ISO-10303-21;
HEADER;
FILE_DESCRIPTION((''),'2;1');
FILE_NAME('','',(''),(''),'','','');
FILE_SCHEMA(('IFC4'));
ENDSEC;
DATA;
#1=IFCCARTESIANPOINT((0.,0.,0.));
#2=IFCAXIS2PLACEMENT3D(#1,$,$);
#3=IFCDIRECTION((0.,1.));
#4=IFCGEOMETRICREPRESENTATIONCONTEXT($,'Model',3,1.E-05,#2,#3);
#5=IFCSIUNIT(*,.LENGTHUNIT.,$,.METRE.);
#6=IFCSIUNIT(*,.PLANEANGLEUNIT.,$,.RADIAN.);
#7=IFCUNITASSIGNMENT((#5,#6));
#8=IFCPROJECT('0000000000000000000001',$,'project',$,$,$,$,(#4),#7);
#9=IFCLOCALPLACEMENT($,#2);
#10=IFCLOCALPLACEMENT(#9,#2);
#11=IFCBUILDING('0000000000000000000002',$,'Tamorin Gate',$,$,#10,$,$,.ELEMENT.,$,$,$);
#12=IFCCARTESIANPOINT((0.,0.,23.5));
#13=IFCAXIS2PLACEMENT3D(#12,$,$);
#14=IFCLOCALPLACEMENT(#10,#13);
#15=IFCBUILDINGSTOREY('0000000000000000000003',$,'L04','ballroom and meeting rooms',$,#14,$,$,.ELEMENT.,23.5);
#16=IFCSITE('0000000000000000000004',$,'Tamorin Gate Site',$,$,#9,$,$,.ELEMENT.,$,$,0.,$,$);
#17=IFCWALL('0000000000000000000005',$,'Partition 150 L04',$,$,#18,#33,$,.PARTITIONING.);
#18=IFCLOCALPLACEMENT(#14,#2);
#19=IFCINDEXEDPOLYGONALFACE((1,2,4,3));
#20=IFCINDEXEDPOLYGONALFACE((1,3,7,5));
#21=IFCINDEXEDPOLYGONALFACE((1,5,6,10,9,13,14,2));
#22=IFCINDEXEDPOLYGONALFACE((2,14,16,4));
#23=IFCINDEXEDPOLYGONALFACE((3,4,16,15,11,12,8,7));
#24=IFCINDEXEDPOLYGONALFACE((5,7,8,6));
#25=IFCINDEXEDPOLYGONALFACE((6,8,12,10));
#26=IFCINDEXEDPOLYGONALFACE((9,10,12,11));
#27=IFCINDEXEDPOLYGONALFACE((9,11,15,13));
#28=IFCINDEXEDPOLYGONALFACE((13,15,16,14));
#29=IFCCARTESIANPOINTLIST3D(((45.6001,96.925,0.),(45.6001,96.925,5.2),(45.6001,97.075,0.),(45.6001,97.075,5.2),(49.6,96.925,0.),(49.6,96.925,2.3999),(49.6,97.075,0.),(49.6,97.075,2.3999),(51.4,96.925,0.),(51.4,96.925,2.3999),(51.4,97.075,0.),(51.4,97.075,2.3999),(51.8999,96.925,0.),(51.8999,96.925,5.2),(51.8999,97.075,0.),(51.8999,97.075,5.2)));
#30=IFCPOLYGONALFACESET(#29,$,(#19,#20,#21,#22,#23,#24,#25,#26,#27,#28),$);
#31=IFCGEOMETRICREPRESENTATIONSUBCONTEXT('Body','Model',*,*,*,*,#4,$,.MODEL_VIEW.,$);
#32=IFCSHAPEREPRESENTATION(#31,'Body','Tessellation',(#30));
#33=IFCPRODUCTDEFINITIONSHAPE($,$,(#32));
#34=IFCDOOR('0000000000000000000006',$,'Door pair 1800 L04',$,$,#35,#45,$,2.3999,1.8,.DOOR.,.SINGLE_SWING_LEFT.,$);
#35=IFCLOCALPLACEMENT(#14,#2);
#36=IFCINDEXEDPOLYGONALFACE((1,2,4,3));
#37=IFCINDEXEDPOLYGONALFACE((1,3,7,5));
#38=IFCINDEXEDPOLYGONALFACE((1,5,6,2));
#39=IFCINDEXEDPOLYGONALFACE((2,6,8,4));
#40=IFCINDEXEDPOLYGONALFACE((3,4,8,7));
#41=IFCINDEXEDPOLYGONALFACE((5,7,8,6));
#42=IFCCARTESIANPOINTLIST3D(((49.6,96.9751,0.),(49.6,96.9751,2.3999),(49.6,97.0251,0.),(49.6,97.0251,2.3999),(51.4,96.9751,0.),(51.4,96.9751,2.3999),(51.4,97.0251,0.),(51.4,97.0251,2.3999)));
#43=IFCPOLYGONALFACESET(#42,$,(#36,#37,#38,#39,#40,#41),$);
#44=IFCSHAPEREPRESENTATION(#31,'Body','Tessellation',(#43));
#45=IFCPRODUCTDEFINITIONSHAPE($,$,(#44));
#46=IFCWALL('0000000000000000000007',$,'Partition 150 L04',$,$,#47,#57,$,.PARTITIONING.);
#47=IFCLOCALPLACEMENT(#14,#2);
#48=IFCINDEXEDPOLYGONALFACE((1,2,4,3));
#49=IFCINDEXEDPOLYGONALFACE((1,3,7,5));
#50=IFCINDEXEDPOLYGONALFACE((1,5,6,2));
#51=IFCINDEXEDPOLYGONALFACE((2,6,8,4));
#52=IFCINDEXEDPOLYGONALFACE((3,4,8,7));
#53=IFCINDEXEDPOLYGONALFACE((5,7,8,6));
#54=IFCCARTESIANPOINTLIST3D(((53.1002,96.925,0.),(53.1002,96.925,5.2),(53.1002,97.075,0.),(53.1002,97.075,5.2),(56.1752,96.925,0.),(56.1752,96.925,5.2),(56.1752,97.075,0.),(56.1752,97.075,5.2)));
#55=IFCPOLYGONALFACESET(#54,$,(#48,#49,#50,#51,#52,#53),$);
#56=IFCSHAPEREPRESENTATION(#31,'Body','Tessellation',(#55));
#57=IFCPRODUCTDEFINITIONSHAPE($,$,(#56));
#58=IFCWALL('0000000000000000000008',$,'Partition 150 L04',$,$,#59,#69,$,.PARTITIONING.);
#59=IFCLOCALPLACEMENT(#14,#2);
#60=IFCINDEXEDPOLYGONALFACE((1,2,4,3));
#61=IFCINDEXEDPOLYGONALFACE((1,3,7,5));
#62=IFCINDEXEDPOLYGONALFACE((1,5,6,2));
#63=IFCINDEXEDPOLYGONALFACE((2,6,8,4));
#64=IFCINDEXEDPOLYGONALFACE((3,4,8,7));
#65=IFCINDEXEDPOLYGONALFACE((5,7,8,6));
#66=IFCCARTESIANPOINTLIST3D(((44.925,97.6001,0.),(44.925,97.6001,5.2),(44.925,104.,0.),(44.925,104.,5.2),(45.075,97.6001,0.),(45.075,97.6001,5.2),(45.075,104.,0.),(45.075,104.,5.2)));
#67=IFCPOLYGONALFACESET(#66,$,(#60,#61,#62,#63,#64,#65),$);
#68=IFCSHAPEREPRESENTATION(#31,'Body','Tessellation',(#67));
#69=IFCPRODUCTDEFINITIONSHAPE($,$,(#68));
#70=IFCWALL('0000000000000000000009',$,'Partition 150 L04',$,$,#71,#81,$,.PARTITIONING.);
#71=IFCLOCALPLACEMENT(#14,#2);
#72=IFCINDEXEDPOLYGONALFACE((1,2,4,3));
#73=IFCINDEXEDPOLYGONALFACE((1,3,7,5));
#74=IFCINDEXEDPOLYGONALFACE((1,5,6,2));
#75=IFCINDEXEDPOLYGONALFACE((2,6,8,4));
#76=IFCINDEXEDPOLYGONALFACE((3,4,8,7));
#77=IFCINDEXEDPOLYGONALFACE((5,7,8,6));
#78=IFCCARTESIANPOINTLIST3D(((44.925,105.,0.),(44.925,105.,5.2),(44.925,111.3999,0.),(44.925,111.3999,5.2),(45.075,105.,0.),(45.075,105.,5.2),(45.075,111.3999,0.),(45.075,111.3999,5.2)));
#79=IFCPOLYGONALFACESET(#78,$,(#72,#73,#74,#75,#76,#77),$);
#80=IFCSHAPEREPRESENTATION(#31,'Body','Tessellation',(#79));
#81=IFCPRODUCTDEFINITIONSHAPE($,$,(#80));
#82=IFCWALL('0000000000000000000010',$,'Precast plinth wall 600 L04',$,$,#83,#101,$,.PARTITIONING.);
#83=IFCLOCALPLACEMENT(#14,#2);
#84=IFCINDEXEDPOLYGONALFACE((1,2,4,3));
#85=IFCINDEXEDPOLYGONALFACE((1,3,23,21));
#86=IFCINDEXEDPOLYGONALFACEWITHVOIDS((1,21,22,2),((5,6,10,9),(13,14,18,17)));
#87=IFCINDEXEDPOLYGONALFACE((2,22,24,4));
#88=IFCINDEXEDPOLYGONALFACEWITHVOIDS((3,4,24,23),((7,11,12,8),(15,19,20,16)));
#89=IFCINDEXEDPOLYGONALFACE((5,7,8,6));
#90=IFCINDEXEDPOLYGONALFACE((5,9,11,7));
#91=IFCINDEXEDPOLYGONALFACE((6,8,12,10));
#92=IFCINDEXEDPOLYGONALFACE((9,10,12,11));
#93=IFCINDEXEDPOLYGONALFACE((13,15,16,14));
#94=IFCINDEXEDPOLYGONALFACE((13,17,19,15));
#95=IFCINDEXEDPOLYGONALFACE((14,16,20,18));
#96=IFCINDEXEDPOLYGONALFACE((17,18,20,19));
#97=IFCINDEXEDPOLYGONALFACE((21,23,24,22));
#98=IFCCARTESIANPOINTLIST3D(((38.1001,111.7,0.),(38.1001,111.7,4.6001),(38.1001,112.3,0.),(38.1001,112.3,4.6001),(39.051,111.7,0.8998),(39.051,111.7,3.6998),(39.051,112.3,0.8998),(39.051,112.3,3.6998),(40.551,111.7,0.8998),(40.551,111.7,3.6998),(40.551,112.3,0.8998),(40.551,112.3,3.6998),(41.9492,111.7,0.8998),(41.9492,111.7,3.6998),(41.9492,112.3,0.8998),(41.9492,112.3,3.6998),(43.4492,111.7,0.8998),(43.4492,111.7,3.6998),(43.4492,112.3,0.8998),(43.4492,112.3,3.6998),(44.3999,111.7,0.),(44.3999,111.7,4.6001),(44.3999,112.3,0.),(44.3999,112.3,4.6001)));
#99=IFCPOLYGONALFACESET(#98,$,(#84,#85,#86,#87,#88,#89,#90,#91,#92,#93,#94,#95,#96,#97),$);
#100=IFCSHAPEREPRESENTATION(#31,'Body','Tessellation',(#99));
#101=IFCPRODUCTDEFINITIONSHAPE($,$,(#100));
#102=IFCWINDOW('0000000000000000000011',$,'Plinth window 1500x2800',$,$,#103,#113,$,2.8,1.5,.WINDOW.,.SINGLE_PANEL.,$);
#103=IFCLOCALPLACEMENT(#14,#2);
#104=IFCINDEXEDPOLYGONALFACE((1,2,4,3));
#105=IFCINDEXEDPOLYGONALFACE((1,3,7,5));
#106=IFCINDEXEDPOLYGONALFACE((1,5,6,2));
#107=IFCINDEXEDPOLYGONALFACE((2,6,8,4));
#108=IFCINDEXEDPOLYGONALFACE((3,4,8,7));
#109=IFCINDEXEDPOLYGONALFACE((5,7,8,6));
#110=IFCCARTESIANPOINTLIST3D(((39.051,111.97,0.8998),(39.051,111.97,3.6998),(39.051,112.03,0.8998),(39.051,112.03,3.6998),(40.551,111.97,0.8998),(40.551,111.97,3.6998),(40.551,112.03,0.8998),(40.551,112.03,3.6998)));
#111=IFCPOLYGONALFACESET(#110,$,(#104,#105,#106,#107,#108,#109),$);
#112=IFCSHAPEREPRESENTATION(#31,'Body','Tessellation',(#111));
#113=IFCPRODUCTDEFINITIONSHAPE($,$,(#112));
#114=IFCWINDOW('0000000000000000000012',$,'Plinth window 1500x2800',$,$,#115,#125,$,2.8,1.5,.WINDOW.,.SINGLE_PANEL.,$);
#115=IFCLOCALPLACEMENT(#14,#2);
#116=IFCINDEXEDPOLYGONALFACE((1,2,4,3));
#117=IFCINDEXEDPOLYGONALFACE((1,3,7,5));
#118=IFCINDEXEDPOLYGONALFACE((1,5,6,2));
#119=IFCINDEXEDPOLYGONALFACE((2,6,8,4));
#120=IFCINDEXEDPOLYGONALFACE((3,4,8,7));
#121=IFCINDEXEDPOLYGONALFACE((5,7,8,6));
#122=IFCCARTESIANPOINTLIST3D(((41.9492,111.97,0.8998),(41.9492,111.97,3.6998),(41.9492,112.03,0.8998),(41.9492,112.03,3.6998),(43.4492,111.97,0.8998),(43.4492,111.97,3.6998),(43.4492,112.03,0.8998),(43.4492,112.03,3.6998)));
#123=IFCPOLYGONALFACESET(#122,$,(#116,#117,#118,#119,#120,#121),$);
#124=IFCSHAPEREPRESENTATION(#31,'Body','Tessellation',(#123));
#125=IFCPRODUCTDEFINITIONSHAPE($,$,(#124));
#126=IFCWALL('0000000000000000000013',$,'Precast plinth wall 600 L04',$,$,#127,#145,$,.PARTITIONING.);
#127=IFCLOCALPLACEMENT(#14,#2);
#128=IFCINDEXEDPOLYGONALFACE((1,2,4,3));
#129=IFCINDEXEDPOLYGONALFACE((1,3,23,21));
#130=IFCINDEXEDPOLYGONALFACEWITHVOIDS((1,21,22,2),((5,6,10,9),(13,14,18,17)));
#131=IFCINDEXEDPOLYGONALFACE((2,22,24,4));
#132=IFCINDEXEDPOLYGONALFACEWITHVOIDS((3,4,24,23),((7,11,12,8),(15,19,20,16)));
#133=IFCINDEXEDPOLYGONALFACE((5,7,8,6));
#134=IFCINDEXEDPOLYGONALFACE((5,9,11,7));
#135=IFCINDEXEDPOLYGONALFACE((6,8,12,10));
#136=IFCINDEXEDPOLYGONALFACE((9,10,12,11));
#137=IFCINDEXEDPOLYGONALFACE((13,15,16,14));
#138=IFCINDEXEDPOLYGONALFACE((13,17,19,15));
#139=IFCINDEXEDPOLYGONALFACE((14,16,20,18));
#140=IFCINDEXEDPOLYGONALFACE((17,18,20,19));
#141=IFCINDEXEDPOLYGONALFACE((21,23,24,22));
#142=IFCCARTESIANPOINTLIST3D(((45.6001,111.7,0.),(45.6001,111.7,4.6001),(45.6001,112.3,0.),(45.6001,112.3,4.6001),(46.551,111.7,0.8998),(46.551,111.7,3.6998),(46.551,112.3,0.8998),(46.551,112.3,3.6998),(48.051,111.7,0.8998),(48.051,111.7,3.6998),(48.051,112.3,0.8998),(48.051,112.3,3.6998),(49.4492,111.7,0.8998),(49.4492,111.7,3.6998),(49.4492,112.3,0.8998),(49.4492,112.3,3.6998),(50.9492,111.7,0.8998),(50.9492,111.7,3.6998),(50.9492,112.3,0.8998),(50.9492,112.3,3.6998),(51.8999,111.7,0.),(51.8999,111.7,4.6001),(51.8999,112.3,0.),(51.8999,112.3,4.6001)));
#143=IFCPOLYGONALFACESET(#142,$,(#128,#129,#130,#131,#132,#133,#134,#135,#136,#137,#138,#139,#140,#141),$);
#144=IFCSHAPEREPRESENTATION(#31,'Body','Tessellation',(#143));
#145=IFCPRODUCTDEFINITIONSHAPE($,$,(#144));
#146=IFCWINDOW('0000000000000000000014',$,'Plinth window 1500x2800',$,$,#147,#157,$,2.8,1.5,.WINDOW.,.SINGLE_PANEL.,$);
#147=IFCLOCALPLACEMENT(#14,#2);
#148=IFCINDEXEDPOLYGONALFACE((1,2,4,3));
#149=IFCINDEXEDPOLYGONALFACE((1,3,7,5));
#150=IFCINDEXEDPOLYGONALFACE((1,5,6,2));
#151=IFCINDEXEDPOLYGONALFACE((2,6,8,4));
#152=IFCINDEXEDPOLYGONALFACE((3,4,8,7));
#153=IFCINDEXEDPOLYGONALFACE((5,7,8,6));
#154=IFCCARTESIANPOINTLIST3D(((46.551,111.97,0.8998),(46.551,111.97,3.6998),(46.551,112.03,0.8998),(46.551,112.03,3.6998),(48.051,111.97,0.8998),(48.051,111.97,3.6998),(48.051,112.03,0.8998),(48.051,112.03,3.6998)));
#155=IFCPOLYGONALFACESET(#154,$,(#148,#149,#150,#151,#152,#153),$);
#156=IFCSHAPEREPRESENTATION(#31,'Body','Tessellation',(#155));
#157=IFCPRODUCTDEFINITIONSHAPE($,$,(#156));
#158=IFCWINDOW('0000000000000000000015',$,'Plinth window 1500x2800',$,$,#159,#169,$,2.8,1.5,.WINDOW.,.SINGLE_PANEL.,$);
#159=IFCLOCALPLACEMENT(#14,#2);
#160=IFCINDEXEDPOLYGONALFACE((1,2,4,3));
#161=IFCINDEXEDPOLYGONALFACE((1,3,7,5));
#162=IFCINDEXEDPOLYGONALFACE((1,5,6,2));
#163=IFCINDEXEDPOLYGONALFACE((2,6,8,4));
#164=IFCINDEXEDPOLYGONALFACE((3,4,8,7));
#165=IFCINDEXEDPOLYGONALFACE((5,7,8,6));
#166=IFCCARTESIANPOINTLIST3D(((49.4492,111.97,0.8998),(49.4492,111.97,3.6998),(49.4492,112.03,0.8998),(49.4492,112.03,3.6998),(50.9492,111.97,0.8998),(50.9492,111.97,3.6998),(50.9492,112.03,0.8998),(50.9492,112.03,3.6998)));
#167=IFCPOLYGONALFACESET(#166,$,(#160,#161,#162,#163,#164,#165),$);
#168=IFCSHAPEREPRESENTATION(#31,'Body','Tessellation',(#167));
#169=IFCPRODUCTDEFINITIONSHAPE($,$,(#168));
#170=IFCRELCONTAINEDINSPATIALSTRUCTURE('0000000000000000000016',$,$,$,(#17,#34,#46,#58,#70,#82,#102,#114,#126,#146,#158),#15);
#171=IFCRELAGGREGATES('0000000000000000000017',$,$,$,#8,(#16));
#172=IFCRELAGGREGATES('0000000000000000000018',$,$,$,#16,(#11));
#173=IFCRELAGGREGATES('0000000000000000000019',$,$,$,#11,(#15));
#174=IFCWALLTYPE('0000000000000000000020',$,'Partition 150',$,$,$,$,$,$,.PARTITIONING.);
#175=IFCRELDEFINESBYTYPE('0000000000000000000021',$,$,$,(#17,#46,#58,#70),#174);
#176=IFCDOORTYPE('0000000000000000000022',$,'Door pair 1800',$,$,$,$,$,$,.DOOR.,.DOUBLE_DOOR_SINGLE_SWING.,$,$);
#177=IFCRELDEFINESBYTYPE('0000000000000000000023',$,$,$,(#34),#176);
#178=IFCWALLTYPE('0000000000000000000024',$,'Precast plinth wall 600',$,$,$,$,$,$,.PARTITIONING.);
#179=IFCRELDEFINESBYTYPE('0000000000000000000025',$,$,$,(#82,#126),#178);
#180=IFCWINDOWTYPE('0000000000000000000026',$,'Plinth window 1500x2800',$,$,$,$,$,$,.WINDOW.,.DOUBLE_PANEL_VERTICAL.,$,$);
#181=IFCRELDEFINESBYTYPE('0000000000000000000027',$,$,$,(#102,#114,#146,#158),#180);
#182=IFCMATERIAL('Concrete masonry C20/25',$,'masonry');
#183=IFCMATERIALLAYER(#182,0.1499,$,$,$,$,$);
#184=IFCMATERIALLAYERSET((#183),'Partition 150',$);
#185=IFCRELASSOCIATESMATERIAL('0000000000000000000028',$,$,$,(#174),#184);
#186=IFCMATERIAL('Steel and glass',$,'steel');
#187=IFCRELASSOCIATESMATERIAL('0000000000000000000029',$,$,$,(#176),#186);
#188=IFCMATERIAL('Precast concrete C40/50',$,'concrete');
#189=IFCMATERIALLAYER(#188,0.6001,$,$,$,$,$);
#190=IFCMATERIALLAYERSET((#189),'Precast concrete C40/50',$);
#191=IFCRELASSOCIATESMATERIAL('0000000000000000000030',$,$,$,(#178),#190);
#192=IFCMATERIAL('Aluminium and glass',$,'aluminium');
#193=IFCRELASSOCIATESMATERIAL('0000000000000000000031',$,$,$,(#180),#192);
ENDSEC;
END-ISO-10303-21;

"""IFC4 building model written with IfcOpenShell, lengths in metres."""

from ifc_helpers import new_model, si_unit, direction, frame, frame_2d, origin, place, context, subcontext, project, spatial, rectangle, extrude, material, layer, layer_set, type_object, element, fill, save


model = new_model("IFC4")

# Units and contexts
model_context = context("Model", 3, precision=1e-05, world=origin(), true_north=direction((0.0, 1.0)))
body_context = subcontext(model_context, "Body", "Model", "MODEL_VIEW")
ifc_project = project(units=[si_unit("LENGTHUNIT", "METRE"), si_unit("PLANEANGLEUNIT", "RADIAN")], contexts=[model_context])

# Site, building, storey
site_placement = place(None, origin())
site = spatial("IfcSite", under=ifc_project, at=site_placement, Name="Tamorin Gate Site", CompositionType="ELEMENT", RefElevation=0.0)
building_placement = place(site_placement, origin())
building = spatial("IfcBuilding", under=site, at=building_placement, Name="Tamorin Gate", CompositionType="ELEMENT")
storey_placement = place(building_placement, frame((0.0, 0.0, 23.5)))
storey = spatial("IfcBuildingStorey", under=building, at=storey_placement, Name="L04", Description="ballroom and meeting rooms", CompositionType="ELEMENT", Elevation=23.5)

# Wall, opening, door
ifc_material_1 = material(Name="Concrete masonry C20/25", Category="masonry")
ifc_layer_1 = layer(ifc_material_1, 0.1499)
ifc_layer_set_1 = layer_set([ifc_layer_1], Name="Partition 150")
wall_type_1 = type_object("IfcWallType", Name="Partition 150", PredefinedType="PARTITIONING", material=ifc_layer_set_1)
ifc_material_2 = material(Name="Steel and glass", Category="steel")
door_type = type_object("IfcDoorType", Name="Door pair 1800", OperationType="DOUBLE_DOOR_SINGLE_SWING", PredefinedType="DOOR", material=ifc_material_2)
wall_1_placement = place(storey_placement, frame((51.8999, 97.0, 0.0), z_axis=(0.0, 0.0, 1.0), x_axis=(-1.0, 0.0, 0.0)))
wall_1 = element("IfcWall", 1, at=wall_1_placement, inside=storey, type_object=wall_type_1, Name="Partition 150 L04", PredefinedType="PARTITIONING", context=body_context, shape_type="SweptSolid", body=[
    extrude(rectangle(XDim=6.2998, YDim=0.1499, at=frame_2d((3.1499, 0.0))), origin(), (0.0, 0.0, 1.0), 5.2),
])
opening_1_placement = place(wall_1_placement, frame((0.5, 0.0, 0.0)))
opening_1 = element("IfcOpeningElement", 2, at=opening_1_placement, cuts=wall_1, PredefinedType="OPENING", context=body_context, shape_type="SweptSolid", body=[
    extrude(rectangle(XDim=1.8, YDim=2.3999, at=frame_2d((0.8999, 1.2))), frame((0.0, 0.085, 0.0), z_axis=(0.0, -1.0, 0.0), x_axis=(1.0, 0.0, 0.0)), (0.0, 0.0, 1.0), 0.1699),
])
door_1_placement = place(opening_1_placement, origin())
door_1 = element("IfcDoor", 3, at=door_1_placement, inside=storey, type_object=door_type, Name="Door pair 1800 L04", OperationType="SINGLE_SWING_LEFT", OverallHeight=2.3999, OverallWidth=1.8, PredefinedType="DOOR", context=body_context, shape_type="SweptSolid", body=[
    extrude(rectangle(XDim=1.8, YDim=2.3999, at=frame_2d((0.8999, 1.2))), frame((0.0, 0.0249, 0.0), z_axis=(0.0, -1.0, 0.0), x_axis=(1.0, 0.0, 0.0)), (0.0, 0.0, 1.0), 0.05),
])
fill(opening_1, door_1)

# Walls
wall_2_placement = place(storey_placement, frame((53.1001, 97.0, 0.0), z_axis=(0.0, 0.0, 1.0), x_axis=(1.0, 0.0, 0.0)))
element("IfcWall", 4, at=wall_2_placement, inside=storey, type_object=wall_type_1, Name="Partition 150 L04", PredefinedType="PARTITIONING", context=body_context, shape_type="SweptSolid", body=[
    extrude(rectangle(XDim=3.075, YDim=0.1499, at=frame_2d((1.5376, 0.0))), origin(), (0.0, 0.0, 1.0), 5.2),
])
for number, where, z_axis, x_axis, name in (
    (5, (45.0, 97.6001, 0.0), (0.0, 0.0, 1.0), (0.0, 1.0, 0.0), "Partition 150 L04"),
    (6, (45.0, 105.0, 0.0), (0.0, 0.0, 1.0), (0.0, 1.0, 0.0), "Partition 150 L04"),
):
    element("IfcWall", number, at=place(storey_placement, frame(where, z_axis=z_axis, x_axis=x_axis)), inside=storey, type_object=wall_type_1, Name=name, PredefinedType="PARTITIONING", context=body_context, shape_type="SweptSolid", body=[
        extrude(rectangle(XDim=6.3999, YDim=0.1499, at=frame_2d((3.2, 0.0))), origin(), (0.0, 0.0, 1.0), 5.2),
    ])

# Walls, openings, windows
ifc_material_3 = material(Name="Precast concrete C40/50", Category="concrete")
ifc_layer_2 = layer(ifc_material_3, 0.6001)
ifc_layer_set_2 = layer_set([ifc_layer_2], Name="Precast concrete C40/50")
wall_type_2 = type_object("IfcWallType", Name="Precast plinth wall 600", PredefinedType="PARTITIONING", material=ifc_layer_set_2)
wall_3_placement = place(storey_placement, frame((38.1001, 112.0, 0.0), z_axis=(0.0, 0.0, 1.0), x_axis=(1.0, 0.0, 0.0)))
wall_3 = element("IfcWall", 7, at=wall_3_placement, inside=storey, type_object=wall_type_2, Name="Precast plinth wall 600 L04", PredefinedType="PARTITIONING", context=body_context, shape_type="SweptSolid", body=[
    extrude(rectangle(XDim=6.2998, YDim=0.6001, at=frame_2d((3.1499, 0.0))), origin(), (0.0, 0.0, 1.0), 4.6001),
])
opening_2_placement = place(wall_3_placement, frame((0.9509, 0.0, 0.8999)))
opening_2 = element("IfcOpeningElement", 8, at=opening_2_placement, cuts=wall_3, PredefinedType="OPENING", context=body_context, shape_type="SweptSolid", body=[
    extrude(rectangle(XDim=1.5, YDim=2.8, at=frame_2d((0.75, 1.3999))), frame((0.0, 0.3101, 0.0), z_axis=(0.0, -1.0, 0.0), x_axis=(1.0, 0.0, 0.0)), (0.0, 0.0, 1.0), 0.6201),
])
opening_3_placement = place(wall_3_placement, frame((3.8491, 0.0, 0.8999)))
opening_3 = element("IfcOpeningElement", 9, at=opening_3_placement, cuts=wall_3, PredefinedType="OPENING", context=body_context, shape_type="SweptSolid", body=[
    extrude(rectangle(XDim=1.5, YDim=2.8, at=frame_2d((0.75, 1.3999))), frame((0.0, 0.3101, 0.0), z_axis=(0.0, -1.0, 0.0), x_axis=(1.0, 0.0, 0.0)), (0.0, 0.0, 1.0), 0.6201),
])
ifc_material_4 = material(Name="Aluminium and glass", Category="aluminium")
window_type_1 = type_object("IfcWindowType", Name="Plinth window 1500x2800", PartitioningType="DOUBLE_PANEL_VERTICAL", PredefinedType="WINDOW", material=ifc_material_4)
window_1_placement = place(opening_2_placement, origin())
window_1 = element("IfcWindow", 10, at=window_1_placement, inside=storey, type_object=window_type_1, Name="Plinth window 1500x2800", OverallHeight=2.8, OverallWidth=1.5, PartitioningType="SINGLE_PANEL", PredefinedType="WINDOW", context=body_context, shape_type="SweptSolid", body=[
    extrude(rectangle(XDim=1.5, YDim=2.8, at=frame_2d((0.75, 1.3999))), frame((0.0, 0.03, 0.0), z_axis=(0.0, -1.0, 0.0), x_axis=(1.0, 0.0, 0.0)), (0.0, 0.0, 1.0), 0.0601),
])
fill(opening_2, window_1)
window_2_placement = place(opening_3_placement, origin())
window_2 = element("IfcWindow", 11, at=window_2_placement, inside=storey, type_object=window_type_1, Name="Plinth window 1500x2800", OverallHeight=2.8, OverallWidth=1.5, PartitioningType="SINGLE_PANEL", PredefinedType="WINDOW", context=body_context, shape_type="SweptSolid", body=[
    extrude(rectangle(XDim=1.5, YDim=2.8, at=frame_2d((0.75, 1.3999))), frame((0.0, 0.03, 0.0), z_axis=(0.0, -1.0, 0.0), x_axis=(1.0, 0.0, 0.0)), (0.0, 0.0, 1.0), 0.0601),
])
fill(opening_3, window_2)
wall_4_placement = place(storey_placement, frame((45.6001, 112.0, 0.0), z_axis=(0.0, 0.0, 1.0), x_axis=(1.0, 0.0, 0.0)))
wall_4 = element("IfcWall", 12, at=wall_4_placement, inside=storey, type_object=wall_type_2, Name="Precast plinth wall 600 L04", PredefinedType="PARTITIONING", context=body_context, shape_type="SweptSolid", body=[
    extrude(rectangle(XDim=6.2998, YDim=0.6001, at=frame_2d((3.1499, 0.0))), origin(), (0.0, 0.0, 1.0), 4.6001),
])
opening_4_placement = place(wall_4_placement, frame((0.9509, 0.0, 0.8999)))
opening_4 = element("IfcOpeningElement", 13, at=opening_4_placement, cuts=wall_4, PredefinedType="OPENING", context=body_context, shape_type="SweptSolid", body=[
    extrude(rectangle(XDim=1.5, YDim=2.8, at=frame_2d((0.75, 1.3999))), frame((0.0, 0.3101, 0.0), z_axis=(0.0, -1.0, 0.0), x_axis=(1.0, 0.0, 0.0)), (0.0, 0.0, 1.0), 0.6201),
])
opening_5_placement = place(wall_4_placement, frame((3.8491, 0.0, 0.8999)))
opening_5 = element("IfcOpeningElement", 14, at=opening_5_placement, cuts=wall_4, PredefinedType="OPENING", context=body_context, shape_type="SweptSolid", body=[
    extrude(rectangle(XDim=1.5, YDim=2.8, at=frame_2d((0.75, 1.3999))), frame((0.0, 0.3101, 0.0), z_axis=(0.0, -1.0, 0.0), x_axis=(1.0, 0.0, 0.0)), (0.0, 0.0, 1.0), 0.6201),
])
window_3_placement = place(opening_4_placement, origin())
window_3 = element("IfcWindow", 15, at=window_3_placement, inside=storey, type_object=window_type_1, Name="Plinth window 1500x2800", OverallHeight=2.8, OverallWidth=1.5, PartitioningType="SINGLE_PANEL", PredefinedType="WINDOW", context=body_context, shape_type="SweptSolid", body=[
    extrude(rectangle(XDim=1.5, YDim=2.8, at=frame_2d((0.75, 1.3999))), frame((0.0, 0.03, 0.0), z_axis=(0.0, -1.0, 0.0), x_axis=(1.0, 0.0, 0.0)), (0.0, 0.0, 1.0), 0.0601),
])
fill(opening_4, window_3)
window_4_placement = place(opening_5_placement, origin())
window_4 = element("IfcWindow", 16, at=window_4_placement, inside=storey, type_object=window_type_1, Name="Plinth window 1500x2800", OverallHeight=2.8, OverallWidth=1.5, PartitioningType="SINGLE_PANEL", PredefinedType="WINDOW", context=body_context, shape_type="SweptSolid", body=[
    extrude(rectangle(XDim=1.5, YDim=2.8, at=frame_2d((0.75, 1.3999))), frame((0.0, 0.03, 0.0), z_axis=(0.0, -1.0, 0.0), x_axis=(1.0, 0.0, 0.0)), (0.0, 0.0, 1.0), 0.0601),
])
fill(opening_5, window_4)

save(model, "model.ifc")
